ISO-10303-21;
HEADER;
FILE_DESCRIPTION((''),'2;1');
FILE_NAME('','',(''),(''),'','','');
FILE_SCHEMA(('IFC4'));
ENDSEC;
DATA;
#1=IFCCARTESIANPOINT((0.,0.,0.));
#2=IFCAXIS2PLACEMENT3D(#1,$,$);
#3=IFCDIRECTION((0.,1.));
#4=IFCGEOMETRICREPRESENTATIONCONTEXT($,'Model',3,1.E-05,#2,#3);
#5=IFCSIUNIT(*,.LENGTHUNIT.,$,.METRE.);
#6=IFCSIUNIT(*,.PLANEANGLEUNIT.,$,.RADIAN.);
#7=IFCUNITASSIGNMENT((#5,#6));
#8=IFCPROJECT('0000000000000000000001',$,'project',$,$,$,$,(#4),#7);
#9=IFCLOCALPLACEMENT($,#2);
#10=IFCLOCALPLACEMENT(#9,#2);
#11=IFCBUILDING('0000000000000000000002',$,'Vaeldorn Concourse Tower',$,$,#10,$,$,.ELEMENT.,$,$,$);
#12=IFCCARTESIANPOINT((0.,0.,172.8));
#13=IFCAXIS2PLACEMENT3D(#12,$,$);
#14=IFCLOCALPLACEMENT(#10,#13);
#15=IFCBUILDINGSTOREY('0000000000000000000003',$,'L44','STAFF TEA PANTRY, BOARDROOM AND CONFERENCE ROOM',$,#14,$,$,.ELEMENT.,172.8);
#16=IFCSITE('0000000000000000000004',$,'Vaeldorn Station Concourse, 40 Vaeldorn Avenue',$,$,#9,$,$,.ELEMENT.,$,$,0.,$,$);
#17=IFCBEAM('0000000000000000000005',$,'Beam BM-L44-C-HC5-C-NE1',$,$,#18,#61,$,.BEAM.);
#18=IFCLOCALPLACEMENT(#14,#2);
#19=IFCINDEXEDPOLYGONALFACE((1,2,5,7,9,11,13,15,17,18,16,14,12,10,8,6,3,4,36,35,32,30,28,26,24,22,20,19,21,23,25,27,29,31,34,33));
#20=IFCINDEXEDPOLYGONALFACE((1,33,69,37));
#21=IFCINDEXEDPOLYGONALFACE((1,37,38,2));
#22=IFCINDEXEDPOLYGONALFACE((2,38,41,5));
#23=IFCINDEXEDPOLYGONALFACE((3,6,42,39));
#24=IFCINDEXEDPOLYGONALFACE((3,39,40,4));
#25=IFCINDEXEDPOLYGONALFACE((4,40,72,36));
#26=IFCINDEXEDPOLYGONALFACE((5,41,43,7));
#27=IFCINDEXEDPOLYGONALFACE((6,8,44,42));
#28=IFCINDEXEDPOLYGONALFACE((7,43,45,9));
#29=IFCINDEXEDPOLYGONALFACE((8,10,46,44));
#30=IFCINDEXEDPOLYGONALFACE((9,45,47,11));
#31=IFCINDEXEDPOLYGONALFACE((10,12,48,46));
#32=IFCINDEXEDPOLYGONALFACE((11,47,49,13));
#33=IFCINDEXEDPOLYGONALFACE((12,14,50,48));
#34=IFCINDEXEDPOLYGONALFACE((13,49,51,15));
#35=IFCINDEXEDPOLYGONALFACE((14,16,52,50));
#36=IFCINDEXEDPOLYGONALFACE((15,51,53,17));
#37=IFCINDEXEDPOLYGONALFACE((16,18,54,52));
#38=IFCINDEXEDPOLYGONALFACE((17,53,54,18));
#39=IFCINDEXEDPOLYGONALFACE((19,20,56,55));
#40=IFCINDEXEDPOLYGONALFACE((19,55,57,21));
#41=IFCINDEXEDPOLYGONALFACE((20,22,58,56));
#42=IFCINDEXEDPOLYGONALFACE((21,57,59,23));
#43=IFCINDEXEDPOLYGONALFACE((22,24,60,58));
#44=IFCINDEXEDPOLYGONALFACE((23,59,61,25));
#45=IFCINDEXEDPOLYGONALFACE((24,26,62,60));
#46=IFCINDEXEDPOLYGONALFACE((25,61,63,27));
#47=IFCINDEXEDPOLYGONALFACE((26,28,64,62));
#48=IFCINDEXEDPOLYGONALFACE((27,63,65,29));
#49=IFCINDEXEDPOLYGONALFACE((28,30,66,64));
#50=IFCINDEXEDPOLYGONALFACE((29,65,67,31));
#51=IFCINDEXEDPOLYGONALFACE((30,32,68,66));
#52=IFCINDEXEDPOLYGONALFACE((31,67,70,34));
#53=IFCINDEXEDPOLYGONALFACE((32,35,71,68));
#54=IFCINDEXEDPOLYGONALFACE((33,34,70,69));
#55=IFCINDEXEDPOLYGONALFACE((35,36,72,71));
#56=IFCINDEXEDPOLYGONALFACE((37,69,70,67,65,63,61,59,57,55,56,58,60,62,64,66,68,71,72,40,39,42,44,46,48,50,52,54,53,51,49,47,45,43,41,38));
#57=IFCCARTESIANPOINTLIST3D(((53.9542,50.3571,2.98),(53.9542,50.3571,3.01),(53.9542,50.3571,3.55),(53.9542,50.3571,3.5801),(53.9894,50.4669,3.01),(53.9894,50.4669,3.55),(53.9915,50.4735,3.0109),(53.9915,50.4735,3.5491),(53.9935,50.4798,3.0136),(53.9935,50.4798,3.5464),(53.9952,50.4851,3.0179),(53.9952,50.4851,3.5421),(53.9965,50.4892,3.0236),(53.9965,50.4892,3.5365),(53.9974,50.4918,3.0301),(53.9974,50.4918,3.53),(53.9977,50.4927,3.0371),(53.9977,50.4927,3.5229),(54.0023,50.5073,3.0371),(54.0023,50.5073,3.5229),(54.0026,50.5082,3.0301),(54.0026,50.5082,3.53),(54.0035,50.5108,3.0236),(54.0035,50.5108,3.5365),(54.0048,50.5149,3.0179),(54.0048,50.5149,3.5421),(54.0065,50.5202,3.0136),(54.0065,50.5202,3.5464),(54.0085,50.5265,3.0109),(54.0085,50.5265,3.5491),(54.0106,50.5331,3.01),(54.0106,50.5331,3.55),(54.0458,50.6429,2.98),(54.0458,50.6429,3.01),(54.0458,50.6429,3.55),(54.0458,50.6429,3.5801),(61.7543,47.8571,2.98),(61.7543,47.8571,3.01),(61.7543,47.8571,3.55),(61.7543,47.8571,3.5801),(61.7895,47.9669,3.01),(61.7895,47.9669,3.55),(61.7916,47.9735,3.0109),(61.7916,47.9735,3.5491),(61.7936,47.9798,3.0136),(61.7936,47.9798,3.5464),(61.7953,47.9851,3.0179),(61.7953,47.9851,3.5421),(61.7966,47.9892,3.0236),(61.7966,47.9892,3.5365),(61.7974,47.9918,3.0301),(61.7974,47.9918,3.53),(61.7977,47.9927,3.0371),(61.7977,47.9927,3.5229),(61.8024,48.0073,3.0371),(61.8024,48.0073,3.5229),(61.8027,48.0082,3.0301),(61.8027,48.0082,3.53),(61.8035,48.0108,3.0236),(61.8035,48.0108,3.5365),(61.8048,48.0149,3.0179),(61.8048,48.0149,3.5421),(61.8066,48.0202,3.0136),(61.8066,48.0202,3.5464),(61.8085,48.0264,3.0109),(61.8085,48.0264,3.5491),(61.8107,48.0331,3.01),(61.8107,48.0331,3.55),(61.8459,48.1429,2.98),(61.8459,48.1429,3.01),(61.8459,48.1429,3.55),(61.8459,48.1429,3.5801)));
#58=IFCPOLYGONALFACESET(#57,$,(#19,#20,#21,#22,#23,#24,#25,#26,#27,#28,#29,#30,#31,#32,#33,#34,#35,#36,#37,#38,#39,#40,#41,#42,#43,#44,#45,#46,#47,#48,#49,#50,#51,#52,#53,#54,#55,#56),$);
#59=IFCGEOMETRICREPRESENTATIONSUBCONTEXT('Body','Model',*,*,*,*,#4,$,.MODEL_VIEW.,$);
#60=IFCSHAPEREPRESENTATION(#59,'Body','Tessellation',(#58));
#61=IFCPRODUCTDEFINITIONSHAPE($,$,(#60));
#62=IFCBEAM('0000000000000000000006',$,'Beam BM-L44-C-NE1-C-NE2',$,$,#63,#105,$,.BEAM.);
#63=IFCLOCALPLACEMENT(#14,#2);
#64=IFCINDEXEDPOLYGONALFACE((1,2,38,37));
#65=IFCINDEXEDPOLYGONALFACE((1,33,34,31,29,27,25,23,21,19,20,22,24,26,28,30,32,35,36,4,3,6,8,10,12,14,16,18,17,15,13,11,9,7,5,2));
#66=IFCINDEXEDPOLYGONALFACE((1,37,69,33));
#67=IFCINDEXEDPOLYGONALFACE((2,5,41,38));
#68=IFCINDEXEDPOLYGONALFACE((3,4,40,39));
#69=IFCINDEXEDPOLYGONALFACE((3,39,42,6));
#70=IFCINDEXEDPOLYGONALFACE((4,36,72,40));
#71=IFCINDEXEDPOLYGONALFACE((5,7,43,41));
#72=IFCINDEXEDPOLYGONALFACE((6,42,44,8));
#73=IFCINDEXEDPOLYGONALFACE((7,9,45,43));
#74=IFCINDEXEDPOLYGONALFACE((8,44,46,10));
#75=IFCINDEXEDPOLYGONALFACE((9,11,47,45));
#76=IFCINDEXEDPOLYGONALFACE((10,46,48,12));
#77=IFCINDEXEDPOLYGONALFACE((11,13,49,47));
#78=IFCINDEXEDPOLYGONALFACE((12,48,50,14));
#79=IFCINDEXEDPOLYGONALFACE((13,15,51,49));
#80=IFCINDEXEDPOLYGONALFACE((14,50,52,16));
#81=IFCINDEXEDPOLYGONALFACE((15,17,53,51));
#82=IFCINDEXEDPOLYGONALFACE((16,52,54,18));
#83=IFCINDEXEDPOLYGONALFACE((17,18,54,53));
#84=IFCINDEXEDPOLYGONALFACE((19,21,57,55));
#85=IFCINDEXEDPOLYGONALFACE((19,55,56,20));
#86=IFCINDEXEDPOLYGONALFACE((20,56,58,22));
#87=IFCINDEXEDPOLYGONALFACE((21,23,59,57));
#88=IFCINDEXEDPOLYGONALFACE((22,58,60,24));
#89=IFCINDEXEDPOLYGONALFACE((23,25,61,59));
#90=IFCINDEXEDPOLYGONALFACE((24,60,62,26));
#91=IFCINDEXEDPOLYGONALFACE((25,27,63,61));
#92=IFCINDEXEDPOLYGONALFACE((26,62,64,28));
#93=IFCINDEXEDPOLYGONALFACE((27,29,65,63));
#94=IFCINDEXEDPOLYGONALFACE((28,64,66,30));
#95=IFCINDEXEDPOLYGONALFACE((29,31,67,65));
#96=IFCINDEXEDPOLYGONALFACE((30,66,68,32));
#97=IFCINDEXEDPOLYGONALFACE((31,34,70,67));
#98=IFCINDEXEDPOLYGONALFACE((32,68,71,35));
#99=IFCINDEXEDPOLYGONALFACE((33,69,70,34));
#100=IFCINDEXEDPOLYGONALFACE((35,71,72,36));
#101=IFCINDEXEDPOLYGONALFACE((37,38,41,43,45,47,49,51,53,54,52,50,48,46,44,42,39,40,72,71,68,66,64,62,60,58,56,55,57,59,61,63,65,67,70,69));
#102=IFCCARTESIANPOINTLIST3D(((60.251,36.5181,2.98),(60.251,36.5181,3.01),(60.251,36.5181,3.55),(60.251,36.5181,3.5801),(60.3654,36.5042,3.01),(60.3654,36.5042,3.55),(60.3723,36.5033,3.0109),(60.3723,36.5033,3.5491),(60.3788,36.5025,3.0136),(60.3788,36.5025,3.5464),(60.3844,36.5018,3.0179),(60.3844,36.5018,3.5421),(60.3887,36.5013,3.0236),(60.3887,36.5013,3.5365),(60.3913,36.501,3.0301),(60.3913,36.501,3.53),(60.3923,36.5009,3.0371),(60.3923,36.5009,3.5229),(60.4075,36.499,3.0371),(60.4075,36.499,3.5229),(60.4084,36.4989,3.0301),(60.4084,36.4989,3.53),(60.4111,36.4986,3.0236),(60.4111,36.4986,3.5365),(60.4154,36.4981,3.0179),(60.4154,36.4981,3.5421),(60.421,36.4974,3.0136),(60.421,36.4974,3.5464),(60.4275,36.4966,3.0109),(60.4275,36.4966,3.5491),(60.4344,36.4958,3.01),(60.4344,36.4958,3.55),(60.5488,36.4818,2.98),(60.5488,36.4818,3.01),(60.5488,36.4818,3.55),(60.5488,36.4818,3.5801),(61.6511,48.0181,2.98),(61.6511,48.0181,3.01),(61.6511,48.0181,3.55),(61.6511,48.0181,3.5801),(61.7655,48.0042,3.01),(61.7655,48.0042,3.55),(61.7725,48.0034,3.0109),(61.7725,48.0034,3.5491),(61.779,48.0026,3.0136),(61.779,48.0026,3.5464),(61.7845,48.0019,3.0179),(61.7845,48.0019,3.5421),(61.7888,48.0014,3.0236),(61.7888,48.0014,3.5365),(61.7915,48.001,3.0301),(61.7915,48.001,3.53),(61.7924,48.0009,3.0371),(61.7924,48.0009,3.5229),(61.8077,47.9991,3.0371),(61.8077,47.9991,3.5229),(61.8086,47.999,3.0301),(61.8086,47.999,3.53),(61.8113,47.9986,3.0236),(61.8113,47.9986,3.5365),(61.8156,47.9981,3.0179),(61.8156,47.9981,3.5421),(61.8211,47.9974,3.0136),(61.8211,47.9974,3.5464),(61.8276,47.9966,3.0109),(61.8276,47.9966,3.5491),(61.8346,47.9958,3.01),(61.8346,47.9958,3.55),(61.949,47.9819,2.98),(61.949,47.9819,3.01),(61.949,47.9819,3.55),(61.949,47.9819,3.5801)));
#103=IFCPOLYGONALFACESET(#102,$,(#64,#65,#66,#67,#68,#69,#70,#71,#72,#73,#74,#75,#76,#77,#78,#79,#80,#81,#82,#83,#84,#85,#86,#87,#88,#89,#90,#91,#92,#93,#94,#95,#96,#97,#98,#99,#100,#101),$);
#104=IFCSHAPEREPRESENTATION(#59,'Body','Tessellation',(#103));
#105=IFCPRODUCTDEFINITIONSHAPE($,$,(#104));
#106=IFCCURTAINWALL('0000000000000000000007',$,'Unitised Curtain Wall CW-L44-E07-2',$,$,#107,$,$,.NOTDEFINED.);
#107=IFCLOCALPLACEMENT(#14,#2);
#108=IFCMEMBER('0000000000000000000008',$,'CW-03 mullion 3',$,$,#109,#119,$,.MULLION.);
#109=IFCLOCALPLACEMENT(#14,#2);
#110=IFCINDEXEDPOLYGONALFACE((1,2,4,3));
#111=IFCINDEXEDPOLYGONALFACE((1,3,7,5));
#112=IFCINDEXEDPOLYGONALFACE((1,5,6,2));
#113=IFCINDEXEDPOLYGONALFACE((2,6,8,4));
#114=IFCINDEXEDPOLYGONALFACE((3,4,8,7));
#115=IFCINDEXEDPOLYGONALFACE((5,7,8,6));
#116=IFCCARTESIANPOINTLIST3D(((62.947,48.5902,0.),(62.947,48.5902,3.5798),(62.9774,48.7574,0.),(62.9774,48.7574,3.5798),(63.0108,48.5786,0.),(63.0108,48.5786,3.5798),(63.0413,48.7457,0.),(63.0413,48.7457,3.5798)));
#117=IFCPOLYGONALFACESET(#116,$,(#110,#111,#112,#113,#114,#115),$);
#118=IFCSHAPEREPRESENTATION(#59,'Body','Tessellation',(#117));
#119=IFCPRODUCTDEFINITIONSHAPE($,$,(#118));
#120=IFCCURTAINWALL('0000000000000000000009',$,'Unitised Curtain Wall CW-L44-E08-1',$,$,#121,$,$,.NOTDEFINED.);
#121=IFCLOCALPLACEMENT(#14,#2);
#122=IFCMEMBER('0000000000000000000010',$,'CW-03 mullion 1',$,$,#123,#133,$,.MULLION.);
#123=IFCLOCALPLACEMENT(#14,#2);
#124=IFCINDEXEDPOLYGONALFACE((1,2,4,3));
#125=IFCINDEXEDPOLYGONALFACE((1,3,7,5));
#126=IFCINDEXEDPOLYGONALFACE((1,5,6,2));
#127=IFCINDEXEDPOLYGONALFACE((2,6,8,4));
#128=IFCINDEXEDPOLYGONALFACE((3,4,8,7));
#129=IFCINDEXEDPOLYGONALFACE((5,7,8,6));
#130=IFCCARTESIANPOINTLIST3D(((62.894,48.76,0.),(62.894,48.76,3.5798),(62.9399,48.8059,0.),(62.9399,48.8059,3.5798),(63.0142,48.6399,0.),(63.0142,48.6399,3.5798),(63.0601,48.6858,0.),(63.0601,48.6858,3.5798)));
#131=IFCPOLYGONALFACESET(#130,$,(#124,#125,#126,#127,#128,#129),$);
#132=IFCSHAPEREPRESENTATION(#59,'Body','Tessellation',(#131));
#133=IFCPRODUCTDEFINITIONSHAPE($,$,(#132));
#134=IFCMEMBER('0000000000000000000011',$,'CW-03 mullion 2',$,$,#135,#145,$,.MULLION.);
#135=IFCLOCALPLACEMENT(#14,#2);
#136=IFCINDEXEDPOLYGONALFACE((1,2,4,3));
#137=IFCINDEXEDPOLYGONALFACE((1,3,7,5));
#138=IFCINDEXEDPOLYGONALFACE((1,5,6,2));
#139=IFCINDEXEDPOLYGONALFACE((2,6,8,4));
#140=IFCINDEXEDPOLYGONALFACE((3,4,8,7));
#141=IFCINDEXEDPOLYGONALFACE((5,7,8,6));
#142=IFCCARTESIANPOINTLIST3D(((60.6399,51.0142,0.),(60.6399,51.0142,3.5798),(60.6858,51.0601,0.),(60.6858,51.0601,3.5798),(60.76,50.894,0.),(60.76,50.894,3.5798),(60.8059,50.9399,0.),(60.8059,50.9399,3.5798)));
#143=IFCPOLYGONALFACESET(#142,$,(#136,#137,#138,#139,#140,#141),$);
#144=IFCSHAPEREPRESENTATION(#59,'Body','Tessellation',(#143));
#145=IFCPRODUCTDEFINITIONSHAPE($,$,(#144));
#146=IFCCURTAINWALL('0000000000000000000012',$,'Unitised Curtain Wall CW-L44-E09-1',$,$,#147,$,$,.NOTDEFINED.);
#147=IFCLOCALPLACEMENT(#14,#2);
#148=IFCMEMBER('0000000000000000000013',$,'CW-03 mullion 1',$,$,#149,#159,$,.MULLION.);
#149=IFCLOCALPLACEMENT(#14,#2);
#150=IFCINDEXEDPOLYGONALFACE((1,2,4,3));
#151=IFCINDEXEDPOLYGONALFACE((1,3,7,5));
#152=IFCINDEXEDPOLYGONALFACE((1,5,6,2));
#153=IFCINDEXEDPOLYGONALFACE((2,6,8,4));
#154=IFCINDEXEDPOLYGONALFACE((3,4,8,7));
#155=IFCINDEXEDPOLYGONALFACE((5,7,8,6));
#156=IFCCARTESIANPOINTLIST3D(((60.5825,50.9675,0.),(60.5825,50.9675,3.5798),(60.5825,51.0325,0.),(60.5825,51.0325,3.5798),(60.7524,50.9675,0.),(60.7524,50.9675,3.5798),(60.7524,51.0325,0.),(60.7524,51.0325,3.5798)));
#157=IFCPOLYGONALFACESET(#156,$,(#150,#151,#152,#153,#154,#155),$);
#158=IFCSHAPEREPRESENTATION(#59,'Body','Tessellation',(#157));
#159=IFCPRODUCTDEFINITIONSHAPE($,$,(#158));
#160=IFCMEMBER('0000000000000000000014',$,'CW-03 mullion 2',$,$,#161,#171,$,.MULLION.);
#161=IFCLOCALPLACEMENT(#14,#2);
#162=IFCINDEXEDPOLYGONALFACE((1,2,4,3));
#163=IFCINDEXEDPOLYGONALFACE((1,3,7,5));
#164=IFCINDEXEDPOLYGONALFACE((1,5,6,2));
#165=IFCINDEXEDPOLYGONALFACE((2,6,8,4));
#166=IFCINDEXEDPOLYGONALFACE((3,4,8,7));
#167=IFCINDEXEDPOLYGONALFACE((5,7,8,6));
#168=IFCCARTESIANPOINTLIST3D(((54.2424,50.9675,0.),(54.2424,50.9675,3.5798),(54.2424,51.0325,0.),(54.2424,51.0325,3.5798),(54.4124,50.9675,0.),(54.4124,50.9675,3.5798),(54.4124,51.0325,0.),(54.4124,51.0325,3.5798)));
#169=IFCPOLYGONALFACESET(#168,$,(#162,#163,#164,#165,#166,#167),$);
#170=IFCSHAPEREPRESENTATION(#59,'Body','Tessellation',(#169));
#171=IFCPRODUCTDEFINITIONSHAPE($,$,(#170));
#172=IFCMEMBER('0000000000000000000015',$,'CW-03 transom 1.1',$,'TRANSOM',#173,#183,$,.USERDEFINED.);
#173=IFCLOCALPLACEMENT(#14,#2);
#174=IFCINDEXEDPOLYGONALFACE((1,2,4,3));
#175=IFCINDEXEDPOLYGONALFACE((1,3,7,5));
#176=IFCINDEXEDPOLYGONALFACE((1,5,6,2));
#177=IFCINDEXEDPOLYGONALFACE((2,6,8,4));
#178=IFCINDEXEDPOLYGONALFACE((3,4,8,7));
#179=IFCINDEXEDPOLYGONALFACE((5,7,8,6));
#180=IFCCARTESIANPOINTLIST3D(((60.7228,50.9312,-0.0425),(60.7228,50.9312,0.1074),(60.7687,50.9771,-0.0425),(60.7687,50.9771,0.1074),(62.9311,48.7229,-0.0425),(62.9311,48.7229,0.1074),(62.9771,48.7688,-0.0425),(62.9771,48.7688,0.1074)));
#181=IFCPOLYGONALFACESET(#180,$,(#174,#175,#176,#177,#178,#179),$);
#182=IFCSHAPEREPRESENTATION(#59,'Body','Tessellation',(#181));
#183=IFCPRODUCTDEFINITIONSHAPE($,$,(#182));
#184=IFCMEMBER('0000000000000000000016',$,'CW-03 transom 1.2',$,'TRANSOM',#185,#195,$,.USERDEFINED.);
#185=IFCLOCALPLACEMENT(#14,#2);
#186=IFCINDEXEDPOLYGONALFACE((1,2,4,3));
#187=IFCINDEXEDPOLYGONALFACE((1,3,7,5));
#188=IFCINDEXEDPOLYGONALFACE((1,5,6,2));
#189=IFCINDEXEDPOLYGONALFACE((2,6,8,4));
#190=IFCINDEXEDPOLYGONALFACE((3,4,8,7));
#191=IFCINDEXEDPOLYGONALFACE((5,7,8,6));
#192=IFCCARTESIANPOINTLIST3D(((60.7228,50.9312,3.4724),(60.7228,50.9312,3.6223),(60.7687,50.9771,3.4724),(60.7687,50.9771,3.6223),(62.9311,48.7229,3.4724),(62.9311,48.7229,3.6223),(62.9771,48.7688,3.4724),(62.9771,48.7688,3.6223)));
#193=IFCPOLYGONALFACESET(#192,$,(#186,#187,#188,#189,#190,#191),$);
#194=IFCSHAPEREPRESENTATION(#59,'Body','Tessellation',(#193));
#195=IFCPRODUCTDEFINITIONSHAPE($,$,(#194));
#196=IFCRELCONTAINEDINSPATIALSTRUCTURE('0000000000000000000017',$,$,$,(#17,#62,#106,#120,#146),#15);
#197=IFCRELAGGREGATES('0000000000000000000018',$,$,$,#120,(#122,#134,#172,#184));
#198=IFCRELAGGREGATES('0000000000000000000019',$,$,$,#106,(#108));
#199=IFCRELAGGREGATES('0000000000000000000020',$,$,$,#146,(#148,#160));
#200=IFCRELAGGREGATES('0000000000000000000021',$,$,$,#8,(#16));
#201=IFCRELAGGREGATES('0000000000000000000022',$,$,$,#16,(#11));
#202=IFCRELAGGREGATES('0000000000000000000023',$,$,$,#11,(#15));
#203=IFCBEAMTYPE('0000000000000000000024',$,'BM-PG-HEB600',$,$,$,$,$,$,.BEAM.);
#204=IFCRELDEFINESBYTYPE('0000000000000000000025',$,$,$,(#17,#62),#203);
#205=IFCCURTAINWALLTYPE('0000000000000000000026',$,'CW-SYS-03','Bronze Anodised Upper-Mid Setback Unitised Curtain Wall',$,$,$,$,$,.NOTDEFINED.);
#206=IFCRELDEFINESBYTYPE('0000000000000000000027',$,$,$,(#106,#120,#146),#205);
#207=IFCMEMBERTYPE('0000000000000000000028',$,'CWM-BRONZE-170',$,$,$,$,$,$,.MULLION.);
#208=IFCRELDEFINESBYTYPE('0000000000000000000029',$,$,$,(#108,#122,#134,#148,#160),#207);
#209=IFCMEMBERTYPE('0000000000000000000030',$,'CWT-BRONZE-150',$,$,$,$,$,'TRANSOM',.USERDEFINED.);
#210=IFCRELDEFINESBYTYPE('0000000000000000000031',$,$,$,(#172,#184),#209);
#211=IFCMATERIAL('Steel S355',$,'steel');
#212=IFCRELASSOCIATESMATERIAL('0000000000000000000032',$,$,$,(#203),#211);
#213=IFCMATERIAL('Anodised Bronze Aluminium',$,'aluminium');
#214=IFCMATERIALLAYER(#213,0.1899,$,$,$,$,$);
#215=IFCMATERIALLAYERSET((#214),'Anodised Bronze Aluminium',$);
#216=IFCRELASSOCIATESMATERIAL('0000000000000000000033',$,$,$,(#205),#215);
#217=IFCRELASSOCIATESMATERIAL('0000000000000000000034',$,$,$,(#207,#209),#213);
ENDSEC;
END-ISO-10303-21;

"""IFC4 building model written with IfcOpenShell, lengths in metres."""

from ifc_helpers import new_model, si_unit, direction, frame, origin, origin_2d, place, context, subcontext, project, spatial, rectangle, i_section, extrude, source, transform, mapped, material, layer, layer_set, material_profile, profile_set, type_object, element, aggregate, save


model = new_model("IFC4")

# Units and contexts
model_context = context("Model", 3, precision=1e-05, world=origin(), true_north=direction((0.0, 1.0)))
body_context = subcontext(model_context, "Body", "Model", "MODEL_VIEW")
ifc_project = project(units=[si_unit("LENGTHUNIT", "METRE"), si_unit("PLANEANGLEUNIT", "RADIAN")], contexts=[model_context])

# Site, building, storey
site_placement = place(None, origin())
site = spatial("IfcSite", under=ifc_project, at=site_placement, Name="Vaeldorn Station Concourse, 40 Vaeldorn Avenue", CompositionType="ELEMENT", RefElevation=0.0)
building_placement = place(site_placement, origin())
building = spatial("IfcBuilding", under=site, at=building_placement, Name="Vaeldorn Concourse Tower", CompositionType="ELEMENT")
storey_placement = place(building_placement, frame((0.0, 0.0, 172.8)))
storey = spatial("IfcBuildingStorey", under=building, at=storey_placement, Name="L44", Description="STAFF TEA PANTRY, BOARDROOM AND CONFERENCE ROOM", CompositionType="ELEMENT", Elevation=172.8)

# Beams
ifc_material_1 = material(Name="Steel S355", Category="steel")
ifc_material_profile_1 = material_profile(ifc_material_1, i_section(OverallWidth=0.3, OverallDepth=0.6001, WebThickness=0.0154, FlangeThickness=0.03, FilletRadius=0.0271, at=origin_2d()), Name="HEB 600")
ifc_profile_set_1 = profile_set([ifc_material_profile_1], Name="Steel S355")
beam_type_1 = type_object("IfcBeamType", Name="BM-PG-HEB600", PredefinedType="BEAM", material=ifc_profile_set_1)
shared_shape_1 = source(origin(), body_context, "Body", "SweptSolid", [
    extrude(i_section(OverallWidth=0.3, OverallDepth=0.6001, WebThickness=0.0154, FlangeThickness=0.03, FilletRadius=0.0271, at=origin_2d()), origin(), (0.0, 0.0, 1.0), 8.1909),
])
beam_1_placement = place(storey_placement, frame((54.0, 50.5, 3.28), z_axis=(0.952283, -0.305217, 0.0), x_axis=(0.305217, 0.952283, 0.0)))
element("IfcBeam", 1, at=beam_1_placement, inside=storey, type_object=beam_type_1, Name="Beam BM-L44-C-HC5-C-NE1", PredefinedType="BEAM", context=body_context, shape_type="MappedRepresentation", body=[
    mapped(shared_shape_1, transform((0.0, 0.0, 0.0), scale=1.0)),
])
shared_shape_2 = source(origin(), body_context, "Body", "SweptSolid", [
    extrude(i_section(OverallWidth=0.3, OverallDepth=0.6001, WebThickness=0.0154, FlangeThickness=0.03, FilletRadius=0.0271, at=origin_2d()), origin(), (0.0, 0.0, 1.0), 11.585),
])
beam_2_placement = place(storey_placement, frame((61.8, 48.0, 3.28), z_axis=(-0.120859, -0.99267, 0.0), x_axis=(0.99267, -0.120859, 0.0)))
element("IfcBeam", 2, at=beam_2_placement, inside=storey, type_object=beam_type_1, Name="Beam BM-L44-C-NE1-C-NE2", PredefinedType="BEAM", context=body_context, shape_type="MappedRepresentation", body=[
    mapped(shared_shape_2, transform((0.0, 0.0, 0.0), scale=1.0)),
])

# Curtain wall, member
ifc_material_2 = material(Name="Anodised Bronze Aluminium", Category="aluminium")
ifc_layer_1 = layer(ifc_material_2, 0.1899)
ifc_layer_set_1 = layer_set([ifc_layer_1], Name="Anodised Bronze Aluminium")
curtain_wall_type = type_object("IfcCurtainWallType", Name="CW-SYS-03", Description="Bronze Anodised Upper-Mid Setback Unitised Curtain Wall", PredefinedType="NOTDEFINED", material=ifc_layer_set_1)
curtain_wall_1_placement = place(storey_placement, origin())
curtain_wall_1 = element("IfcCurtainWall", 3, at=curtain_wall_1_placement, inside=storey, type_object=curtain_wall_type, Name="Unitised Curtain Wall CW-L44-E07-2", PredefinedType="NOTDEFINED")
ifc_material_profile_2 = material_profile(ifc_material_2, rectangle(XDim=0.0649, YDim=0.1699, at=origin_2d()), Name="CWM 65x170")
ifc_profile_set_2 = profile_set([ifc_material_profile_2], Name="Anodised Bronze Aluminium")
member_type_1 = type_object("IfcMemberType", Name="CWM-BRONZE-170", PredefinedType="MULLION", material=ifc_profile_set_2)
shared_shape_3 = source(origin(), body_context, "Body", "SweptSolid", [
    extrude(rectangle(XDim=0.0649, YDim=0.1699, at=origin_2d()), origin(), (0.0, 0.0, 1.0), 3.5798),
])
member_1_placement = place(storey_placement, frame((62.9941, 48.668, 0.0), z_axis=(0.0, 0.0, 1.0), x_axis=(-0.983768, 0.179447, 0.0)))
member_1 = element("IfcMember", 4, at=member_1_placement, type_object=member_type_1, Name="CW-03 mullion 3", PredefinedType="MULLION", context=body_context, shape_type="MappedRepresentation", body=[
    mapped(shared_shape_3, transform((0.0, 0.0, 0.0), scale=1.0)),
])

# Curtain walls, members
curtain_wall_2_placement = place(storey_placement, origin())
curtain_wall_2 = element("IfcCurtainWall", 5, at=curtain_wall_2_placement, inside=storey, type_object=curtain_wall_type, Name="Unitised Curtain Wall CW-L44-E08-1", PredefinedType="NOTDEFINED")
member_2_placement = place(storey_placement, frame((62.9771, 48.7229, 0.0), z_axis=(0.0, 0.0, 1.0), x_axis=(-0.707107, -0.707107, 0.0)))
member_2 = element("IfcMember", 6, at=member_2_placement, type_object=member_type_1, Name="CW-03 mullion 1", PredefinedType="MULLION", context=body_context, shape_type="MappedRepresentation", body=[
    mapped(shared_shape_3, transform((0.0, 0.0, 0.0), scale=1.0)),
])
member_3_placement = place(storey_placement, frame((60.7229, 50.9771, 0.0), z_axis=(0.0, 0.0, 1.0), x_axis=(-0.707107, -0.707107, 0.0)))
member_3 = element("IfcMember", 7, at=member_3_placement, type_object=member_type_1, Name="CW-03 mullion 2", PredefinedType="MULLION", context=body_context, shape_type="MappedRepresentation", body=[
    mapped(shared_shape_3, transform((0.0, 0.0, 0.0), scale=1.0)),
])
curtain_wall_3_placement = place(storey_placement, origin())
curtain_wall_3 = element("IfcCurtainWall", 8, at=curtain_wall_3_placement, inside=storey, type_object=curtain_wall_type, Name="Unitised Curtain Wall CW-L44-E09-1", PredefinedType="NOTDEFINED")
member_4_placement = place(storey_placement, frame((60.6675, 51.0, 0.0), z_axis=(0.0, 0.0, 1.0), x_axis=(0.0, -1.0, 0.0)))
member_4 = element("IfcMember", 9, at=member_4_placement, type_object=member_type_1, Name="CW-03 mullion 1", PredefinedType="MULLION", context=body_context, shape_type="MappedRepresentation", body=[
    mapped(shared_shape_3, transform((0.0, 0.0, 0.0), scale=1.0)),
])
member_5_placement = place(storey_placement, frame((54.3274, 51.0, 0.0), z_axis=(0.0, 0.0, 1.0), x_axis=(0.0, -1.0, 0.0)))
member_5 = element("IfcMember", 10, at=member_5_placement, type_object=member_type_1, Name="CW-03 mullion 2", PredefinedType="MULLION", context=body_context, shape_type="MappedRepresentation", body=[
    mapped(shared_shape_3, transform((0.0, 0.0, 0.0), scale=1.0)),
])

# Members
ifc_material_profile_3 = material_profile(ifc_material_2, rectangle(XDim=0.0649, YDim=0.1499, at=origin_2d()), Name="CWT 65x150")
ifc_profile_set_3 = profile_set([ifc_material_profile_3], Name="Anodised Bronze Aluminium")
member_type_2 = type_object("IfcMemberType", Name="CWT-BRONZE-150", ElementType="TRANSOM", PredefinedType="USERDEFINED", material=ifc_profile_set_3)
shared_shape_4 = source(origin(), body_context, "Body", "SweptSolid", [
    extrude(rectangle(XDim=0.0649, YDim=0.1499, at=origin_2d()), origin(), (0.0, 0.0, 1.0), 3.123),
])
member_6_placement = place(storey_placement, frame((62.9541, 48.7458, 0.0325), z_axis=(-0.707107, 0.707107, 0.0), x_axis=(-0.707107, -0.707107, 0.0)))
member_6 = element("IfcMember", 11, at=member_6_placement, type_object=member_type_2, Name="CW-03 transom 1.1", ObjectType="TRANSOM", PredefinedType="USERDEFINED", context=body_context, shape_type="MappedRepresentation", body=[
    mapped(shared_shape_4, transform((0.0, 0.0, 0.0), scale=1.0)),
])
member_7_placement = place(storey_placement, frame((62.9541, 48.7458, 3.5474), z_axis=(-0.707107, 0.707107, 0.0), x_axis=(-0.707107, -0.707107, 0.0)))
member_7 = element("IfcMember", 12, at=member_7_placement, type_object=member_type_2, Name="CW-03 transom 1.2", ObjectType="TRANSOM", PredefinedType="USERDEFINED", context=body_context, shape_type="MappedRepresentation", body=[
    mapped(shared_shape_4, transform((0.0, 0.0, 0.0), scale=1.0)),
])

aggregate(curtain_wall_2, [member_2, member_3, member_6, member_7])
aggregate(curtain_wall_1, [member_1])
aggregate(curtain_wall_3, [member_4, member_5])

save(model, "model.ifc")
